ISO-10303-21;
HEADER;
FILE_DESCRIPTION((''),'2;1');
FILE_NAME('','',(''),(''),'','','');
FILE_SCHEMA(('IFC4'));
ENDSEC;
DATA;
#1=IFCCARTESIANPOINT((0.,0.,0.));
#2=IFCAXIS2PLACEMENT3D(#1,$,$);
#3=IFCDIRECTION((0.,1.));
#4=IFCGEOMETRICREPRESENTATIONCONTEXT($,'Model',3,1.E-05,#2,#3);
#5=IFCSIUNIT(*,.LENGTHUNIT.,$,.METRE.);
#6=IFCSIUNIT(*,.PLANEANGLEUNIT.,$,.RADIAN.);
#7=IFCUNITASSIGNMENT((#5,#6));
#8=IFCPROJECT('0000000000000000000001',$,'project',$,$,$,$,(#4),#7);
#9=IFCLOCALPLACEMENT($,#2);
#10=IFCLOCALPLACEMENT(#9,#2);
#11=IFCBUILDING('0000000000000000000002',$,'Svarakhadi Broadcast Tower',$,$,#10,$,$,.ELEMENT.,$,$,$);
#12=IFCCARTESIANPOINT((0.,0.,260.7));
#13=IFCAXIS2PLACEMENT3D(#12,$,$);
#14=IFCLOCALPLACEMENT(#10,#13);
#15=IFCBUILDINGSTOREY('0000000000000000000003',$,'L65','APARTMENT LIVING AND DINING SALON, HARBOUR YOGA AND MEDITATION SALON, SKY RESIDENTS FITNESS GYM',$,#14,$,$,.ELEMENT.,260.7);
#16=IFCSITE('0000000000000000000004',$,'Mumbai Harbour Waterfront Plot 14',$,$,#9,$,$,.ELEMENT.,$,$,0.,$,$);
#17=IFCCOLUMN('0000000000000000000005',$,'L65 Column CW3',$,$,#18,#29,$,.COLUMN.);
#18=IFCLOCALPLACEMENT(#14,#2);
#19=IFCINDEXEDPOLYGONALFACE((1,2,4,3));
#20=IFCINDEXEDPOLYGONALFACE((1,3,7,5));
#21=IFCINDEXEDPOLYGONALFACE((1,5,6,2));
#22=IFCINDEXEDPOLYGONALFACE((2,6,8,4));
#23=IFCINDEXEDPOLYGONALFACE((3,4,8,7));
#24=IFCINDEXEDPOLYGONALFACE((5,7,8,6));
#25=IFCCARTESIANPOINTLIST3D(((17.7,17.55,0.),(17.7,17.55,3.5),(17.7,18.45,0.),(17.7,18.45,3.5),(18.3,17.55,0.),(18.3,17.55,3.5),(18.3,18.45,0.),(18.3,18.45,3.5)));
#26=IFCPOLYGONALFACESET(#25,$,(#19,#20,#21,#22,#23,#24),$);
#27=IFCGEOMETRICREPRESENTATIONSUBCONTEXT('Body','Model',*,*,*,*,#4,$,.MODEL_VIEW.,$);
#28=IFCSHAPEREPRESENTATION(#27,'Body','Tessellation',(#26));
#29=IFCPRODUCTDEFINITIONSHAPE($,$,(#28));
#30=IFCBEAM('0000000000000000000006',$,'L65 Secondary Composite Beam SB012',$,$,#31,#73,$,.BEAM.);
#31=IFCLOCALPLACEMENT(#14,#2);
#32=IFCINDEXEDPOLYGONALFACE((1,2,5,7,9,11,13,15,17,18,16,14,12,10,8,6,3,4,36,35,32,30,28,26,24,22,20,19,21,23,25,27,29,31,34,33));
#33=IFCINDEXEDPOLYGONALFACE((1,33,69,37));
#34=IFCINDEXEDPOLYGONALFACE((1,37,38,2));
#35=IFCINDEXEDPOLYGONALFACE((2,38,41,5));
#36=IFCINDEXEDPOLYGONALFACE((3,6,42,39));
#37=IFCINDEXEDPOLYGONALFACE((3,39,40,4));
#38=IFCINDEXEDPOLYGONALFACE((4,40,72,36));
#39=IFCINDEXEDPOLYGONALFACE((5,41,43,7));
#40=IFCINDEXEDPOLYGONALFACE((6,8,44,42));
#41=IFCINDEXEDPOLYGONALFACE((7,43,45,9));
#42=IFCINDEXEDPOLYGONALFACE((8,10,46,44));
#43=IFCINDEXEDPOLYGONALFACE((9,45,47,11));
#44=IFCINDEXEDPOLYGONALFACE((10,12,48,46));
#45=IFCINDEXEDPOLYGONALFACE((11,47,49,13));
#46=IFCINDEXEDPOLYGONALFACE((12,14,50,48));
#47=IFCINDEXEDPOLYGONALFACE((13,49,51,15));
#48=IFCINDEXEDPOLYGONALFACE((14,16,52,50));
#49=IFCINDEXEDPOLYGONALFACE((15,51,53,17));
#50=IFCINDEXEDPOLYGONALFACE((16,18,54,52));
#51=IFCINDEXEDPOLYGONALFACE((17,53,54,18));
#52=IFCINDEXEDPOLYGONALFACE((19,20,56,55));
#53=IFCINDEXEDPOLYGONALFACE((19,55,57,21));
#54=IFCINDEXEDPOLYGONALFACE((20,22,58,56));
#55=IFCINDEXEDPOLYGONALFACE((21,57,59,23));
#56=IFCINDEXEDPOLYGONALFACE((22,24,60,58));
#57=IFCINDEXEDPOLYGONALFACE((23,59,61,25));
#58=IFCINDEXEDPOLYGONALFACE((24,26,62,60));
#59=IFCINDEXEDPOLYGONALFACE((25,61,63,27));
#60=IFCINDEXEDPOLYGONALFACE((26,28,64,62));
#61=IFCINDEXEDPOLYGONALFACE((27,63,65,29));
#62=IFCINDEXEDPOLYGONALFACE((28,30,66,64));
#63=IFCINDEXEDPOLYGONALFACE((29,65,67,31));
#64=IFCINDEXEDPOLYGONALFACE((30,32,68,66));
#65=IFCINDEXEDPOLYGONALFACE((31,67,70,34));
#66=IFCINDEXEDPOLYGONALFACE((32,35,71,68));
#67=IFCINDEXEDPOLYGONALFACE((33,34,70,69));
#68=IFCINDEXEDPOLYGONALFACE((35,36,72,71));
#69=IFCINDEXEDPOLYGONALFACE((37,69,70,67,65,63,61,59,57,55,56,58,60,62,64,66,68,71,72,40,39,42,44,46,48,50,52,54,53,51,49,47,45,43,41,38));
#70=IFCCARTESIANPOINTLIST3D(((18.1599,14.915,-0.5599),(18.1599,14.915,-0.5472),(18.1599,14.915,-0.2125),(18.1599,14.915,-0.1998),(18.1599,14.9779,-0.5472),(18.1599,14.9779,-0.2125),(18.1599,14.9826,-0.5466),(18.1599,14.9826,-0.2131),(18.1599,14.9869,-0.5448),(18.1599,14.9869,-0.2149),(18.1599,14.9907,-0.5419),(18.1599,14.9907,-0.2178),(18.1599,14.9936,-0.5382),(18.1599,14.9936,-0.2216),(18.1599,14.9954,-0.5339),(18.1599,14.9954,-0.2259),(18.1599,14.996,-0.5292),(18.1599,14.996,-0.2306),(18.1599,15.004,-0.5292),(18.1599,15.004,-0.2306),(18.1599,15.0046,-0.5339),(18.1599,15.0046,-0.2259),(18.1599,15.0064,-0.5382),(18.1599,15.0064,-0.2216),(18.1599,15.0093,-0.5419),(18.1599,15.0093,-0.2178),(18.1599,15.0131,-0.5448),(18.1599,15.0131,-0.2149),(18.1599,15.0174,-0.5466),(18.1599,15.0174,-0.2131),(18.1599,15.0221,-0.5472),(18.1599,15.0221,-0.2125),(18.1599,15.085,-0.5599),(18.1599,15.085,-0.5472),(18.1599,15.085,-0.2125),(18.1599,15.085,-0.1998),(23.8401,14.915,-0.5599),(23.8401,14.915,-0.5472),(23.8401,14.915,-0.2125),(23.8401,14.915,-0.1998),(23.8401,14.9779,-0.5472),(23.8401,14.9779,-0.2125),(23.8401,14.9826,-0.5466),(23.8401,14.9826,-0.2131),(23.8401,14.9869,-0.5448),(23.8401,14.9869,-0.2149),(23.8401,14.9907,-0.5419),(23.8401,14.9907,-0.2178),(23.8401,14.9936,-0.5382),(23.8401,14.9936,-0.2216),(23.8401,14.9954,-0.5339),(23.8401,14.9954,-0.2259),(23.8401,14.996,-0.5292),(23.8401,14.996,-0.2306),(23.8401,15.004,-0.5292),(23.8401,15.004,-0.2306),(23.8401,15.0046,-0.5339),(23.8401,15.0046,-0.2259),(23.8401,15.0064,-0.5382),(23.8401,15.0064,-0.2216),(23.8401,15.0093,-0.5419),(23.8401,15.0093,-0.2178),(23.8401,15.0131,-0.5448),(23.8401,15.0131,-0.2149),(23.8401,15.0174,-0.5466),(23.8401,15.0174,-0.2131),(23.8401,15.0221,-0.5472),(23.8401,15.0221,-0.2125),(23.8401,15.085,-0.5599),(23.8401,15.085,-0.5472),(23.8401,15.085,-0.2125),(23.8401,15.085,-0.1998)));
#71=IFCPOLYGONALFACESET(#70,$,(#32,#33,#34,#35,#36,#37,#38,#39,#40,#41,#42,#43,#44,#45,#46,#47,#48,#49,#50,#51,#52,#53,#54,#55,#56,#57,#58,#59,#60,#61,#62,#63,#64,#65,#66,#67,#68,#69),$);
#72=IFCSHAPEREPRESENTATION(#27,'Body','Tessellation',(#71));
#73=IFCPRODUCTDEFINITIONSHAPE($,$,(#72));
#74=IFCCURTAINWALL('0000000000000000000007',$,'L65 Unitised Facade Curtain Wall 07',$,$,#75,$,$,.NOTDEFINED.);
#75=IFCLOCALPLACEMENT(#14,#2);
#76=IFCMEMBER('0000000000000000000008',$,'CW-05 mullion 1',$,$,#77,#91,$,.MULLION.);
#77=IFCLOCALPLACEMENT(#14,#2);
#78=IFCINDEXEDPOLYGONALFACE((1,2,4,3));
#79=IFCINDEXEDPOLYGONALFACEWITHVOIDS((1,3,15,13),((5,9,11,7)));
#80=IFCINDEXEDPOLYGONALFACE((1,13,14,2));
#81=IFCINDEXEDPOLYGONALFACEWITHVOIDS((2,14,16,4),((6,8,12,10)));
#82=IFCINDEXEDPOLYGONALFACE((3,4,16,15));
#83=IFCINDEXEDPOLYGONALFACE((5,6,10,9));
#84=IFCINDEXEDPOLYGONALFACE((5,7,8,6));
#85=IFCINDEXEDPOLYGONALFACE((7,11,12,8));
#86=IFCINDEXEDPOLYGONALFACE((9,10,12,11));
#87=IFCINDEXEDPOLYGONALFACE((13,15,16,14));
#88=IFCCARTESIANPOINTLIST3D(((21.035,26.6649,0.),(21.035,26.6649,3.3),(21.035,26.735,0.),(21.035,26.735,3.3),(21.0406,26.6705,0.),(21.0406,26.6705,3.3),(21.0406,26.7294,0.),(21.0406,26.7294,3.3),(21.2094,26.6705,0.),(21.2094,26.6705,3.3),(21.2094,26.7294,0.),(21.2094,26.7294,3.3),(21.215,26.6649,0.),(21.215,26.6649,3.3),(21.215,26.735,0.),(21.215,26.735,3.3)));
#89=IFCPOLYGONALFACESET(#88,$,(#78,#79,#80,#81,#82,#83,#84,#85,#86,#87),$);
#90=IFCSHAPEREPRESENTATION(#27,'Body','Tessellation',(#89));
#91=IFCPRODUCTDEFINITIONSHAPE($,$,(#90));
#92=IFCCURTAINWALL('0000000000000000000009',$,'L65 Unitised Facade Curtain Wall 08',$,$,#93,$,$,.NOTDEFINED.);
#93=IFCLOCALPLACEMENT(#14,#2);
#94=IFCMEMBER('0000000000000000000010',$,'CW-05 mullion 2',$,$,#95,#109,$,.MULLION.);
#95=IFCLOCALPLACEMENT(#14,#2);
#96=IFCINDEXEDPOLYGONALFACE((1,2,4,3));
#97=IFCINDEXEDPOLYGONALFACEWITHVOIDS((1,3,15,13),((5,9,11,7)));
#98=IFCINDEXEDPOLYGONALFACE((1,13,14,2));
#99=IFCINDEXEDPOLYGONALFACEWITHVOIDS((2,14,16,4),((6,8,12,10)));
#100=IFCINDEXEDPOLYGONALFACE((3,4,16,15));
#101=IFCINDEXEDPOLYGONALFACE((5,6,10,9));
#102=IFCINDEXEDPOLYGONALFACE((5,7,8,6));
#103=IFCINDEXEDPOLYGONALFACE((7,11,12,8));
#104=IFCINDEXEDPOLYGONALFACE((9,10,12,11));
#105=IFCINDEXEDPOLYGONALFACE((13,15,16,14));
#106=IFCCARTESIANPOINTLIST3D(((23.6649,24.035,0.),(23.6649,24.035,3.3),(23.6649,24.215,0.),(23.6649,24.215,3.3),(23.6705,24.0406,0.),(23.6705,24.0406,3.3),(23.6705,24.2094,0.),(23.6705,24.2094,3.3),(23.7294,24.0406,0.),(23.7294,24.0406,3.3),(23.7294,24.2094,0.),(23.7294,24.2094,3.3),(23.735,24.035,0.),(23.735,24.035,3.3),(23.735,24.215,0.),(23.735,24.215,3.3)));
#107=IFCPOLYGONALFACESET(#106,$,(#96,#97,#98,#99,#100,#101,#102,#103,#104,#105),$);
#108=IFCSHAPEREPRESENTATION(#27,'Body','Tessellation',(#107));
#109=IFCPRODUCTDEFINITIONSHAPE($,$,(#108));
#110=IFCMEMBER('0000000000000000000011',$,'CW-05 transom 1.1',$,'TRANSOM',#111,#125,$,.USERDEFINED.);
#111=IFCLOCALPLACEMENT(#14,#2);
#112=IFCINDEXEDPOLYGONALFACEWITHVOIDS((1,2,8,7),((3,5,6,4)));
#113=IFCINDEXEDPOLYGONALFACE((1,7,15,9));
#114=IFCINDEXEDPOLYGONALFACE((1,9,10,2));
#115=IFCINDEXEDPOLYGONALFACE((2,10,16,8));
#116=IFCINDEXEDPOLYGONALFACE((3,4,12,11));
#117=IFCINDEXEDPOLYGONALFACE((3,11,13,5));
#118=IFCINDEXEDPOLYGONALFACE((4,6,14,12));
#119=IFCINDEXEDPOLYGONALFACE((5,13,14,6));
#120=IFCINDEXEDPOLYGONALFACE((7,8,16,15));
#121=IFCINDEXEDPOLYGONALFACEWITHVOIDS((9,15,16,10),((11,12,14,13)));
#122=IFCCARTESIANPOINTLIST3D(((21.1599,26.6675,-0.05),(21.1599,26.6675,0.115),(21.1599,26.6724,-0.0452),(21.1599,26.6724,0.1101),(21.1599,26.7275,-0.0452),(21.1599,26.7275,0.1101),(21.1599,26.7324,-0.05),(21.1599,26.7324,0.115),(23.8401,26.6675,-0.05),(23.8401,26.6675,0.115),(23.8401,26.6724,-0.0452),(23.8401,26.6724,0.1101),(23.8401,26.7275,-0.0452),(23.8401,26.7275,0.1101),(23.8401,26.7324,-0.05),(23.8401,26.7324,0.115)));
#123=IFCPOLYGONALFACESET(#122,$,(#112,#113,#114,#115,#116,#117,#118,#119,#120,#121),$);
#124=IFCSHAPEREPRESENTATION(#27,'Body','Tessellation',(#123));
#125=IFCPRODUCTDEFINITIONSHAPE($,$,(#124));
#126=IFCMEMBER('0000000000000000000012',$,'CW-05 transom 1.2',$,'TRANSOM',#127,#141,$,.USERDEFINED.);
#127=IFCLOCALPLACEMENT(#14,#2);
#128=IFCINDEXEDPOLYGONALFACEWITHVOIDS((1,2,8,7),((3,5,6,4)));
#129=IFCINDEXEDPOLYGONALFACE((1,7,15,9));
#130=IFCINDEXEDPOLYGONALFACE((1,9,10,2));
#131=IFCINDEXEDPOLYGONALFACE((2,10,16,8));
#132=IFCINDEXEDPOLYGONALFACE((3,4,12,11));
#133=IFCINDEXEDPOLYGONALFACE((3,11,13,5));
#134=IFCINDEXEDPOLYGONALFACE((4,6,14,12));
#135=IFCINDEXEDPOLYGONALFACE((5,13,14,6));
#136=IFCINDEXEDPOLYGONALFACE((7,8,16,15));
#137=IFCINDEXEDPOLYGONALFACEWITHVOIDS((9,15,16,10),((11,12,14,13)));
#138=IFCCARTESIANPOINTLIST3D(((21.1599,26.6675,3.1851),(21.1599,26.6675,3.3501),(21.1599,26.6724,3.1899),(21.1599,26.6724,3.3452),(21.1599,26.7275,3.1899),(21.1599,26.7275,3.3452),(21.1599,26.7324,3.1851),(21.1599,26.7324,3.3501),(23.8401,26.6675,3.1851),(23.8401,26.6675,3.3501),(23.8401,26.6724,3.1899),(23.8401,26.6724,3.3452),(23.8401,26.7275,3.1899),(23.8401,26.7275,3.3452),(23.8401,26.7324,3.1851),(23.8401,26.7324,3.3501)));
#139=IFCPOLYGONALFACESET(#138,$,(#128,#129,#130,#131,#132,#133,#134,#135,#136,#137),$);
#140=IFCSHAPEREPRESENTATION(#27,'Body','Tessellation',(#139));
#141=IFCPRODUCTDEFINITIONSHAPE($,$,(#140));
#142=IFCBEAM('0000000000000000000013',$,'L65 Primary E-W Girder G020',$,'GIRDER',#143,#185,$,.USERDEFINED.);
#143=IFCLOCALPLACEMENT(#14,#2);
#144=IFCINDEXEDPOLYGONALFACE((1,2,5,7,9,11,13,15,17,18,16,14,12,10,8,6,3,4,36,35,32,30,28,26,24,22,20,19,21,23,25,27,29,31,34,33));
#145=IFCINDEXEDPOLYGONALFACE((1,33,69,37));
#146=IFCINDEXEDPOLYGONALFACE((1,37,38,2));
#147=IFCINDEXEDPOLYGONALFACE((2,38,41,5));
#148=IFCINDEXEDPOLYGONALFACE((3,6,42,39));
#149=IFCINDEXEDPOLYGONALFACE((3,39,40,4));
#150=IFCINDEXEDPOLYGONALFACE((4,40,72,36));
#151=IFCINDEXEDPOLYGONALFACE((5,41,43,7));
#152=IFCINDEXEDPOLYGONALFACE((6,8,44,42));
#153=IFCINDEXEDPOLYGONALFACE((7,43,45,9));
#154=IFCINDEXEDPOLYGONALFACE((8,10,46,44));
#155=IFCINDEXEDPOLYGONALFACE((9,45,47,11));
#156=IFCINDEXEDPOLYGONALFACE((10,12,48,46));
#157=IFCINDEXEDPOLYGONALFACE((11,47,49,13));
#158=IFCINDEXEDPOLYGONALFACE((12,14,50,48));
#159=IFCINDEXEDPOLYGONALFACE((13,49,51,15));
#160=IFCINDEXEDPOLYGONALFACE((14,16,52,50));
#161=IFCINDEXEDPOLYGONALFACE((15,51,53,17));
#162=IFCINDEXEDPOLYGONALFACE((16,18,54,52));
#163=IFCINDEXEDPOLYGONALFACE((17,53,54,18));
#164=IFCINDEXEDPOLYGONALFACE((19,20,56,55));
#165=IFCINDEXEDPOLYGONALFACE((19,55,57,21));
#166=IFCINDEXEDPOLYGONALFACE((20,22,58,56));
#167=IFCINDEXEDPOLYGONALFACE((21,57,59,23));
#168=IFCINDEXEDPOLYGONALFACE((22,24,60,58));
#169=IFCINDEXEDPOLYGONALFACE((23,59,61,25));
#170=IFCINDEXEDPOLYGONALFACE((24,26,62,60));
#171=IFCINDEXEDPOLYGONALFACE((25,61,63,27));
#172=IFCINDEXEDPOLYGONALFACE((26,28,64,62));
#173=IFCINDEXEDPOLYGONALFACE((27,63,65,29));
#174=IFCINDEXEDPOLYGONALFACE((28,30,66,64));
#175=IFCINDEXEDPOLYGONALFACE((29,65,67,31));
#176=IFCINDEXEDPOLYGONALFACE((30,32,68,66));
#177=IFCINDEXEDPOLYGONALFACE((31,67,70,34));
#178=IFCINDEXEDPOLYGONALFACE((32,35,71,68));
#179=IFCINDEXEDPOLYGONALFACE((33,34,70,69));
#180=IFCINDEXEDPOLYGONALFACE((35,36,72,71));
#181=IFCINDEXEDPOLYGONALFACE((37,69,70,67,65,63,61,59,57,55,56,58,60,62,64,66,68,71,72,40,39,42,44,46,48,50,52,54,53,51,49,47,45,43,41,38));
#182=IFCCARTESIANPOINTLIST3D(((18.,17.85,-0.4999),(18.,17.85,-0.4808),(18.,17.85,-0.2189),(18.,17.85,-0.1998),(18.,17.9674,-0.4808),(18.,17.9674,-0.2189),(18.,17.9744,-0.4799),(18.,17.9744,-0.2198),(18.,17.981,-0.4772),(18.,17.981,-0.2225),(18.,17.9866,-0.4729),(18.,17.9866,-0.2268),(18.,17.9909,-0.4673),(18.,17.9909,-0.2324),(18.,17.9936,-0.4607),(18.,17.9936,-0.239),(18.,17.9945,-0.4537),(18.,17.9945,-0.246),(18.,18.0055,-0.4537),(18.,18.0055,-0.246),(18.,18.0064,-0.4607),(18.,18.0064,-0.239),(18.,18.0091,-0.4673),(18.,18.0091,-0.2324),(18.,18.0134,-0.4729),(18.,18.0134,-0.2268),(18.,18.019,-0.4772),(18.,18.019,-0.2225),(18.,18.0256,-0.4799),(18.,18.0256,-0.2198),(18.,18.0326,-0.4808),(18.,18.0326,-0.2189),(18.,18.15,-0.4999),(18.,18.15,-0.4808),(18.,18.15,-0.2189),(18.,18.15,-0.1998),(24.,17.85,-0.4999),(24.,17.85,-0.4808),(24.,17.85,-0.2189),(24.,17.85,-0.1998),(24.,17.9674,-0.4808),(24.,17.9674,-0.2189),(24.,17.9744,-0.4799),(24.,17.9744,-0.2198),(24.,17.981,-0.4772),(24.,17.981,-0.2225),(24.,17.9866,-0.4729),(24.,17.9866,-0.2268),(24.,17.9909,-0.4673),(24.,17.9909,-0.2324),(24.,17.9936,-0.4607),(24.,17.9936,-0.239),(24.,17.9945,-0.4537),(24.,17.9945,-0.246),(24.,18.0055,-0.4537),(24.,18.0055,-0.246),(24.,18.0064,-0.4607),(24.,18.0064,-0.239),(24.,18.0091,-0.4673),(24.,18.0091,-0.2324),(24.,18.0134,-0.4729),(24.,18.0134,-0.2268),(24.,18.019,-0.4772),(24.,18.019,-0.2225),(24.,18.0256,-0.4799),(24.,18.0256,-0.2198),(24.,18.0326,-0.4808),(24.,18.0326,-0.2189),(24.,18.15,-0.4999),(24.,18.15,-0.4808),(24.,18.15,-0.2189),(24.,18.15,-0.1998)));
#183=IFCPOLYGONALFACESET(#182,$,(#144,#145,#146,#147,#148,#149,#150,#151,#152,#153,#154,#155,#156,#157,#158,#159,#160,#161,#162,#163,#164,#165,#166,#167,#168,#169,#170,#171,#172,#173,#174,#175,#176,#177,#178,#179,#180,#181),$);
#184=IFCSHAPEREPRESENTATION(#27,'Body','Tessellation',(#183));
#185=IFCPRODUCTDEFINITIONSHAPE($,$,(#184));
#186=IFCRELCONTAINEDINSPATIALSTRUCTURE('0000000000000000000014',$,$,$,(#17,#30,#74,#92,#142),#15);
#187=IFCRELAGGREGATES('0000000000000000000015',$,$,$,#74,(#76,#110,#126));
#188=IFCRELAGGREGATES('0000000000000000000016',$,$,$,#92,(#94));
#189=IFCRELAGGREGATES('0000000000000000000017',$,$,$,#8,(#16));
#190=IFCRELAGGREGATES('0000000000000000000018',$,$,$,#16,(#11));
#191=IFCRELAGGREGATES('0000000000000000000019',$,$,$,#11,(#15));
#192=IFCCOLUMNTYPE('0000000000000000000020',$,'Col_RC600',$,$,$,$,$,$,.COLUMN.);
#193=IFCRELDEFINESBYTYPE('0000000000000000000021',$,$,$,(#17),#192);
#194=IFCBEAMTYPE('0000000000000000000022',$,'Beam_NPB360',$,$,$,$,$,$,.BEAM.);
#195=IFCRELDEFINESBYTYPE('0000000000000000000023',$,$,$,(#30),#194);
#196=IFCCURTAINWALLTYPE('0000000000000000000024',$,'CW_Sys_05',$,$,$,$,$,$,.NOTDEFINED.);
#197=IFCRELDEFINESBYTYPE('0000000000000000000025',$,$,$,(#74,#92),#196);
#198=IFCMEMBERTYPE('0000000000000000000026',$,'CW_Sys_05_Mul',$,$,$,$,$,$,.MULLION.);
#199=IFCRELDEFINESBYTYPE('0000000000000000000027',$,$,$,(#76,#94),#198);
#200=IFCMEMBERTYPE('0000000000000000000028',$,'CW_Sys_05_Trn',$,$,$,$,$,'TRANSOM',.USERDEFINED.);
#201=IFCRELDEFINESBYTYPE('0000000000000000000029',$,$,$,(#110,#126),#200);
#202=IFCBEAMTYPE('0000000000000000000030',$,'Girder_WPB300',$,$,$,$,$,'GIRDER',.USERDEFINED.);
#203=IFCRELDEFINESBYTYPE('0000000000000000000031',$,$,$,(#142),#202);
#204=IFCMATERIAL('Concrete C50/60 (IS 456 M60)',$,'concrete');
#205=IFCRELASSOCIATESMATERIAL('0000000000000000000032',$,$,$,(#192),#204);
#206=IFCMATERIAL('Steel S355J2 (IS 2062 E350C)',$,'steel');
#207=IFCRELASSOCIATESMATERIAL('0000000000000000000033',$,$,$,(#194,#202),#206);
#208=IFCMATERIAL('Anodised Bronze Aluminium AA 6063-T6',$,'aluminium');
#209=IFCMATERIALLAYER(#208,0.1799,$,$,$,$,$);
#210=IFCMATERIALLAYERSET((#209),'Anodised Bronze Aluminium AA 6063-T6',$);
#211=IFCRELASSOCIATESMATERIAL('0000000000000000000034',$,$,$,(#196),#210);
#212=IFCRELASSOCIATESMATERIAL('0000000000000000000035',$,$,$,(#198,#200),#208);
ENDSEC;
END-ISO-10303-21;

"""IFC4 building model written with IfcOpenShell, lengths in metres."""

from ifc_helpers import new_model, si_unit, direction, frame, origin, origin_2d, place, context, subcontext, project, spatial, rectangle, hollow_rectangle, i_section, extrude, material, layer, layer_set, material_profile, profile_set, type_object, element, aggregate, save


model = new_model("IFC4")

# Units and contexts
model_context = context("Model", 3, precision=1e-05, world=origin(), true_north=direction((0.0, 1.0)))
body_context = subcontext(model_context, "Body", "Model", "MODEL_VIEW")
ifc_project = project(units=[si_unit("LENGTHUNIT", "METRE"), si_unit("PLANEANGLEUNIT", "RADIAN")], contexts=[model_context])

# Site, building, storey
site_placement = place(None, origin())
site = spatial("IfcSite", under=ifc_project, at=site_placement, Name="Mumbai Harbour Waterfront Plot 14", CompositionType="ELEMENT", RefElevation=0.0)
building_placement = place(site_placement, origin())
building = spatial("IfcBuilding", under=site, at=building_placement, Name="Svarakhadi Broadcast Tower", CompositionType="ELEMENT")
storey_placement = place(building_placement, frame((0.0, 0.0, 260.7)))
storey = spatial("IfcBuildingStorey", under=building, at=storey_placement, Name="L65", Description="APARTMENT LIVING AND DINING SALON, HARBOUR YOGA AND MEDITATION SALON, SKY RESIDENTS FITNESS GYM", CompositionType="ELEMENT", Elevation=260.7)

# Column
ifc_material_1 = material(Name="Concrete C50/60 (IS 456 M60)", Category="concrete")
ifc_material_profile_1 = material_profile(ifc_material_1, rectangle(XDim=0.6001, YDim=0.8999, at=origin_2d()), Name="RC 600x900")
ifc_profile_set_1 = profile_set([ifc_material_profile_1], Name="Concrete C50/60 (IS 456 M60)")
column_type = type_object("IfcColumnType", Name="Col_RC600", PredefinedType="COLUMN", material=ifc_profile_set_1)
column_placement = place(storey_placement, frame((18.0, 18.0, 0.0), z_axis=(0.0, 0.0, 1.0), x_axis=(1.0, 0.0, 0.0)))
element("IfcColumn", 1, at=column_placement, inside=storey, type_object=column_type, Name="L65 Column CW3", PredefinedType="COLUMN", context=body_context, shape_type="SweptSolid", body=[
    extrude(rectangle(XDim=0.6001, YDim=0.8999, at=origin_2d()), origin(), (0.0, 0.0, 1.0), 3.5),
])

# Beam
ifc_material_2 = material(Name="Steel S355J2 (IS 2062 E350C)", Category="steel")
ifc_material_profile_2 = material_profile(ifc_material_2, i_section(OverallWidth=0.1699, OverallDepth=0.3601, WebThickness=0.0081, FlangeThickness=0.0127, FilletRadius=0.0181, at=origin_2d()), Name="NPB 360x170x57")
ifc_profile_set_2 = profile_set([ifc_material_profile_2], Name="Steel S355J2 (IS 2062 E350C)")
beam_type_1 = type_object("IfcBeamType", Name="Beam_NPB360", PredefinedType="BEAM", material=ifc_profile_set_2)
beam_1_placement = place(storey_placement, frame((18.1599, 15.0, -0.3799), z_axis=(1.0, 0.0, 0.0), x_axis=(0.0, 1.0, 0.0)))
element("IfcBeam", 2, at=beam_1_placement, inside=storey, type_object=beam_type_1, Name="L65 Secondary Composite Beam SB012", PredefinedType="BEAM", context=body_context, shape_type="SweptSolid", body=[
    extrude(i_section(OverallWidth=0.1699, OverallDepth=0.3601, WebThickness=0.0081, FlangeThickness=0.0127, FilletRadius=0.0181, at=origin_2d()), origin(), (0.0, 0.0, 1.0), 5.6802),
])

# Curtain walls, members
ifc_material_3 = material(Name="Anodised Bronze Aluminium AA 6063-T6", Category="aluminium")
ifc_layer_1 = layer(ifc_material_3, 0.1799)
ifc_layer_set_1 = layer_set([ifc_layer_1], Name="Anodised Bronze Aluminium AA 6063-T6")
curtain_wall_type = type_object("IfcCurtainWallType", Name="CW_Sys_05", PredefinedType="NOTDEFINED", material=ifc_layer_set_1)
curtain_wall_1_placement = place(storey_placement, origin())
curtain_wall_1 = element("IfcCurtainWall", 3, at=curtain_wall_1_placement, inside=storey, type_object=curtain_wall_type, Name="L65 Unitised Facade Curtain Wall 07", PredefinedType="NOTDEFINED")
ifc_material_profile_3 = material_profile(ifc_material_3, hollow_rectangle(XDim=0.0701, YDim=0.1799, WallThickness=0.0056, at=origin_2d()), Name="ALU MULLION 180x70x6")
ifc_profile_set_3 = profile_set([ifc_material_profile_3], Name="Anodised Bronze Aluminium AA 6063-T6")
member_type_1 = type_object("IfcMemberType", Name="CW_Sys_05_Mul", PredefinedType="MULLION", material=ifc_profile_set_3)
member_1_placement = place(storey_placement, frame((21.125, 26.7, 0.0), z_axis=(0.0, 0.0, 1.0), x_axis=(0.0, 1.0, 0.0)))
member_1 = element("IfcMember", 4, at=member_1_placement, type_object=member_type_1, Name="CW-05 mullion 1", PredefinedType="MULLION", context=body_context, shape_type="SweptSolid", body=[
    extrude(hollow_rectangle(XDim=0.0701, YDim=0.1799, WallThickness=0.0056, at=origin_2d()), origin(), (0.0, 0.0, 1.0), 3.3),
])
curtain_wall_2_placement = place(storey_placement, origin())
curtain_wall_2 = element("IfcCurtainWall", 5, at=curtain_wall_2_placement, inside=storey, type_object=curtain_wall_type, Name="L65 Unitised Facade Curtain Wall 08", PredefinedType="NOTDEFINED")
member_2_placement = place(storey_placement, frame((23.7, 24.125, 0.0), z_axis=(0.0, 0.0, 1.0), x_axis=(1.0, 0.0, 0.0)))
member_2 = element("IfcMember", 6, at=member_2_placement, type_object=member_type_1, Name="CW-05 mullion 2", PredefinedType="MULLION", context=body_context, shape_type="SweptSolid", body=[
    extrude(hollow_rectangle(XDim=0.0701, YDim=0.1799, WallThickness=0.0056, at=origin_2d()), origin(), (0.0, 0.0, 1.0), 3.3),
])

# Members
ifc_material_profile_4 = material_profile(ifc_material_3, hollow_rectangle(XDim=0.0649, YDim=0.165, WallThickness=0.0049, at=origin_2d()), Name="ALU TRANSOM 165x65x5")
ifc_profile_set_4 = profile_set([ifc_material_profile_4], Name="Anodised Bronze Aluminium AA 6063-T6")
member_type_2 = type_object("IfcMemberType", Name="CW_Sys_05_Trn", ElementType="TRANSOM", PredefinedType="USERDEFINED", material=ifc_profile_set_4)
member_3_placement = place(storey_placement, frame((21.1599, 26.7, 0.0325), z_axis=(1.0, 0.0, 0.0), x_axis=(0.0, 1.0, 0.0)))
member_3 = element("IfcMember", 7, at=member_3_placement, type_object=member_type_2, Name="CW-05 transom 1.1", ObjectType="TRANSOM", PredefinedType="USERDEFINED", context=body_context, shape_type="SweptSolid", body=[
    extrude(hollow_rectangle(XDim=0.0649, YDim=0.165, WallThickness=0.0049, at=origin_2d()), origin(), (0.0, 0.0, 1.0), 2.6802),
])
member_4_placement = place(storey_placement, frame((21.1599, 26.7, 3.2676), z_axis=(1.0, 0.0, 0.0), x_axis=(0.0, 1.0, 0.0)))
member_4 = element("IfcMember", 8, at=member_4_placement, type_object=member_type_2, Name="CW-05 transom 1.2", ObjectType="TRANSOM", PredefinedType="USERDEFINED", context=body_context, shape_type="SweptSolid", body=[
    extrude(hollow_rectangle(XDim=0.0649, YDim=0.165, WallThickness=0.0049, at=origin_2d()), origin(), (0.0, 0.0, 1.0), 2.6802),
])
aggregate(curtain_wall_1, [member_1, member_3, member_4])

# Beam
ifc_material_profile_5 = material_profile(ifc_material_2, i_section(OverallWidth=0.3, OverallDepth=0.3, WebThickness=0.011, FlangeThickness=0.019, FilletRadius=0.0271, at=origin_2d()), Name="WPB 300x300x117")
ifc_profile_set_5 = profile_set([ifc_material_profile_5], Name="Steel S355J2 (IS 2062 E350C)")
beam_type_2 = type_object("IfcBeamType", Name="Girder_WPB300", ElementType="GIRDER", PredefinedType="USERDEFINED", material=ifc_profile_set_5)
beam_2_placement = place(storey_placement, frame((18.0, 18.0, -0.3499), z_axis=(1.0, 0.0, 0.0), x_axis=(0.0, 1.0, 0.0)))
element("IfcBeam", 9, at=beam_2_placement, inside=storey, type_object=beam_type_2, Name="L65 Primary E-W Girder G020", ObjectType="GIRDER", PredefinedType="USERDEFINED", context=body_context, shape_type="SweptSolid", body=[
    extrude(i_section(OverallWidth=0.3, OverallDepth=0.3, WebThickness=0.011, FlangeThickness=0.019, FilletRadius=0.0271, at=origin_2d()), origin(), (0.0, 0.0, 1.0), 6.0),
])

aggregate(curtain_wall_2, [member_2])

save(model, "model.ifc")
